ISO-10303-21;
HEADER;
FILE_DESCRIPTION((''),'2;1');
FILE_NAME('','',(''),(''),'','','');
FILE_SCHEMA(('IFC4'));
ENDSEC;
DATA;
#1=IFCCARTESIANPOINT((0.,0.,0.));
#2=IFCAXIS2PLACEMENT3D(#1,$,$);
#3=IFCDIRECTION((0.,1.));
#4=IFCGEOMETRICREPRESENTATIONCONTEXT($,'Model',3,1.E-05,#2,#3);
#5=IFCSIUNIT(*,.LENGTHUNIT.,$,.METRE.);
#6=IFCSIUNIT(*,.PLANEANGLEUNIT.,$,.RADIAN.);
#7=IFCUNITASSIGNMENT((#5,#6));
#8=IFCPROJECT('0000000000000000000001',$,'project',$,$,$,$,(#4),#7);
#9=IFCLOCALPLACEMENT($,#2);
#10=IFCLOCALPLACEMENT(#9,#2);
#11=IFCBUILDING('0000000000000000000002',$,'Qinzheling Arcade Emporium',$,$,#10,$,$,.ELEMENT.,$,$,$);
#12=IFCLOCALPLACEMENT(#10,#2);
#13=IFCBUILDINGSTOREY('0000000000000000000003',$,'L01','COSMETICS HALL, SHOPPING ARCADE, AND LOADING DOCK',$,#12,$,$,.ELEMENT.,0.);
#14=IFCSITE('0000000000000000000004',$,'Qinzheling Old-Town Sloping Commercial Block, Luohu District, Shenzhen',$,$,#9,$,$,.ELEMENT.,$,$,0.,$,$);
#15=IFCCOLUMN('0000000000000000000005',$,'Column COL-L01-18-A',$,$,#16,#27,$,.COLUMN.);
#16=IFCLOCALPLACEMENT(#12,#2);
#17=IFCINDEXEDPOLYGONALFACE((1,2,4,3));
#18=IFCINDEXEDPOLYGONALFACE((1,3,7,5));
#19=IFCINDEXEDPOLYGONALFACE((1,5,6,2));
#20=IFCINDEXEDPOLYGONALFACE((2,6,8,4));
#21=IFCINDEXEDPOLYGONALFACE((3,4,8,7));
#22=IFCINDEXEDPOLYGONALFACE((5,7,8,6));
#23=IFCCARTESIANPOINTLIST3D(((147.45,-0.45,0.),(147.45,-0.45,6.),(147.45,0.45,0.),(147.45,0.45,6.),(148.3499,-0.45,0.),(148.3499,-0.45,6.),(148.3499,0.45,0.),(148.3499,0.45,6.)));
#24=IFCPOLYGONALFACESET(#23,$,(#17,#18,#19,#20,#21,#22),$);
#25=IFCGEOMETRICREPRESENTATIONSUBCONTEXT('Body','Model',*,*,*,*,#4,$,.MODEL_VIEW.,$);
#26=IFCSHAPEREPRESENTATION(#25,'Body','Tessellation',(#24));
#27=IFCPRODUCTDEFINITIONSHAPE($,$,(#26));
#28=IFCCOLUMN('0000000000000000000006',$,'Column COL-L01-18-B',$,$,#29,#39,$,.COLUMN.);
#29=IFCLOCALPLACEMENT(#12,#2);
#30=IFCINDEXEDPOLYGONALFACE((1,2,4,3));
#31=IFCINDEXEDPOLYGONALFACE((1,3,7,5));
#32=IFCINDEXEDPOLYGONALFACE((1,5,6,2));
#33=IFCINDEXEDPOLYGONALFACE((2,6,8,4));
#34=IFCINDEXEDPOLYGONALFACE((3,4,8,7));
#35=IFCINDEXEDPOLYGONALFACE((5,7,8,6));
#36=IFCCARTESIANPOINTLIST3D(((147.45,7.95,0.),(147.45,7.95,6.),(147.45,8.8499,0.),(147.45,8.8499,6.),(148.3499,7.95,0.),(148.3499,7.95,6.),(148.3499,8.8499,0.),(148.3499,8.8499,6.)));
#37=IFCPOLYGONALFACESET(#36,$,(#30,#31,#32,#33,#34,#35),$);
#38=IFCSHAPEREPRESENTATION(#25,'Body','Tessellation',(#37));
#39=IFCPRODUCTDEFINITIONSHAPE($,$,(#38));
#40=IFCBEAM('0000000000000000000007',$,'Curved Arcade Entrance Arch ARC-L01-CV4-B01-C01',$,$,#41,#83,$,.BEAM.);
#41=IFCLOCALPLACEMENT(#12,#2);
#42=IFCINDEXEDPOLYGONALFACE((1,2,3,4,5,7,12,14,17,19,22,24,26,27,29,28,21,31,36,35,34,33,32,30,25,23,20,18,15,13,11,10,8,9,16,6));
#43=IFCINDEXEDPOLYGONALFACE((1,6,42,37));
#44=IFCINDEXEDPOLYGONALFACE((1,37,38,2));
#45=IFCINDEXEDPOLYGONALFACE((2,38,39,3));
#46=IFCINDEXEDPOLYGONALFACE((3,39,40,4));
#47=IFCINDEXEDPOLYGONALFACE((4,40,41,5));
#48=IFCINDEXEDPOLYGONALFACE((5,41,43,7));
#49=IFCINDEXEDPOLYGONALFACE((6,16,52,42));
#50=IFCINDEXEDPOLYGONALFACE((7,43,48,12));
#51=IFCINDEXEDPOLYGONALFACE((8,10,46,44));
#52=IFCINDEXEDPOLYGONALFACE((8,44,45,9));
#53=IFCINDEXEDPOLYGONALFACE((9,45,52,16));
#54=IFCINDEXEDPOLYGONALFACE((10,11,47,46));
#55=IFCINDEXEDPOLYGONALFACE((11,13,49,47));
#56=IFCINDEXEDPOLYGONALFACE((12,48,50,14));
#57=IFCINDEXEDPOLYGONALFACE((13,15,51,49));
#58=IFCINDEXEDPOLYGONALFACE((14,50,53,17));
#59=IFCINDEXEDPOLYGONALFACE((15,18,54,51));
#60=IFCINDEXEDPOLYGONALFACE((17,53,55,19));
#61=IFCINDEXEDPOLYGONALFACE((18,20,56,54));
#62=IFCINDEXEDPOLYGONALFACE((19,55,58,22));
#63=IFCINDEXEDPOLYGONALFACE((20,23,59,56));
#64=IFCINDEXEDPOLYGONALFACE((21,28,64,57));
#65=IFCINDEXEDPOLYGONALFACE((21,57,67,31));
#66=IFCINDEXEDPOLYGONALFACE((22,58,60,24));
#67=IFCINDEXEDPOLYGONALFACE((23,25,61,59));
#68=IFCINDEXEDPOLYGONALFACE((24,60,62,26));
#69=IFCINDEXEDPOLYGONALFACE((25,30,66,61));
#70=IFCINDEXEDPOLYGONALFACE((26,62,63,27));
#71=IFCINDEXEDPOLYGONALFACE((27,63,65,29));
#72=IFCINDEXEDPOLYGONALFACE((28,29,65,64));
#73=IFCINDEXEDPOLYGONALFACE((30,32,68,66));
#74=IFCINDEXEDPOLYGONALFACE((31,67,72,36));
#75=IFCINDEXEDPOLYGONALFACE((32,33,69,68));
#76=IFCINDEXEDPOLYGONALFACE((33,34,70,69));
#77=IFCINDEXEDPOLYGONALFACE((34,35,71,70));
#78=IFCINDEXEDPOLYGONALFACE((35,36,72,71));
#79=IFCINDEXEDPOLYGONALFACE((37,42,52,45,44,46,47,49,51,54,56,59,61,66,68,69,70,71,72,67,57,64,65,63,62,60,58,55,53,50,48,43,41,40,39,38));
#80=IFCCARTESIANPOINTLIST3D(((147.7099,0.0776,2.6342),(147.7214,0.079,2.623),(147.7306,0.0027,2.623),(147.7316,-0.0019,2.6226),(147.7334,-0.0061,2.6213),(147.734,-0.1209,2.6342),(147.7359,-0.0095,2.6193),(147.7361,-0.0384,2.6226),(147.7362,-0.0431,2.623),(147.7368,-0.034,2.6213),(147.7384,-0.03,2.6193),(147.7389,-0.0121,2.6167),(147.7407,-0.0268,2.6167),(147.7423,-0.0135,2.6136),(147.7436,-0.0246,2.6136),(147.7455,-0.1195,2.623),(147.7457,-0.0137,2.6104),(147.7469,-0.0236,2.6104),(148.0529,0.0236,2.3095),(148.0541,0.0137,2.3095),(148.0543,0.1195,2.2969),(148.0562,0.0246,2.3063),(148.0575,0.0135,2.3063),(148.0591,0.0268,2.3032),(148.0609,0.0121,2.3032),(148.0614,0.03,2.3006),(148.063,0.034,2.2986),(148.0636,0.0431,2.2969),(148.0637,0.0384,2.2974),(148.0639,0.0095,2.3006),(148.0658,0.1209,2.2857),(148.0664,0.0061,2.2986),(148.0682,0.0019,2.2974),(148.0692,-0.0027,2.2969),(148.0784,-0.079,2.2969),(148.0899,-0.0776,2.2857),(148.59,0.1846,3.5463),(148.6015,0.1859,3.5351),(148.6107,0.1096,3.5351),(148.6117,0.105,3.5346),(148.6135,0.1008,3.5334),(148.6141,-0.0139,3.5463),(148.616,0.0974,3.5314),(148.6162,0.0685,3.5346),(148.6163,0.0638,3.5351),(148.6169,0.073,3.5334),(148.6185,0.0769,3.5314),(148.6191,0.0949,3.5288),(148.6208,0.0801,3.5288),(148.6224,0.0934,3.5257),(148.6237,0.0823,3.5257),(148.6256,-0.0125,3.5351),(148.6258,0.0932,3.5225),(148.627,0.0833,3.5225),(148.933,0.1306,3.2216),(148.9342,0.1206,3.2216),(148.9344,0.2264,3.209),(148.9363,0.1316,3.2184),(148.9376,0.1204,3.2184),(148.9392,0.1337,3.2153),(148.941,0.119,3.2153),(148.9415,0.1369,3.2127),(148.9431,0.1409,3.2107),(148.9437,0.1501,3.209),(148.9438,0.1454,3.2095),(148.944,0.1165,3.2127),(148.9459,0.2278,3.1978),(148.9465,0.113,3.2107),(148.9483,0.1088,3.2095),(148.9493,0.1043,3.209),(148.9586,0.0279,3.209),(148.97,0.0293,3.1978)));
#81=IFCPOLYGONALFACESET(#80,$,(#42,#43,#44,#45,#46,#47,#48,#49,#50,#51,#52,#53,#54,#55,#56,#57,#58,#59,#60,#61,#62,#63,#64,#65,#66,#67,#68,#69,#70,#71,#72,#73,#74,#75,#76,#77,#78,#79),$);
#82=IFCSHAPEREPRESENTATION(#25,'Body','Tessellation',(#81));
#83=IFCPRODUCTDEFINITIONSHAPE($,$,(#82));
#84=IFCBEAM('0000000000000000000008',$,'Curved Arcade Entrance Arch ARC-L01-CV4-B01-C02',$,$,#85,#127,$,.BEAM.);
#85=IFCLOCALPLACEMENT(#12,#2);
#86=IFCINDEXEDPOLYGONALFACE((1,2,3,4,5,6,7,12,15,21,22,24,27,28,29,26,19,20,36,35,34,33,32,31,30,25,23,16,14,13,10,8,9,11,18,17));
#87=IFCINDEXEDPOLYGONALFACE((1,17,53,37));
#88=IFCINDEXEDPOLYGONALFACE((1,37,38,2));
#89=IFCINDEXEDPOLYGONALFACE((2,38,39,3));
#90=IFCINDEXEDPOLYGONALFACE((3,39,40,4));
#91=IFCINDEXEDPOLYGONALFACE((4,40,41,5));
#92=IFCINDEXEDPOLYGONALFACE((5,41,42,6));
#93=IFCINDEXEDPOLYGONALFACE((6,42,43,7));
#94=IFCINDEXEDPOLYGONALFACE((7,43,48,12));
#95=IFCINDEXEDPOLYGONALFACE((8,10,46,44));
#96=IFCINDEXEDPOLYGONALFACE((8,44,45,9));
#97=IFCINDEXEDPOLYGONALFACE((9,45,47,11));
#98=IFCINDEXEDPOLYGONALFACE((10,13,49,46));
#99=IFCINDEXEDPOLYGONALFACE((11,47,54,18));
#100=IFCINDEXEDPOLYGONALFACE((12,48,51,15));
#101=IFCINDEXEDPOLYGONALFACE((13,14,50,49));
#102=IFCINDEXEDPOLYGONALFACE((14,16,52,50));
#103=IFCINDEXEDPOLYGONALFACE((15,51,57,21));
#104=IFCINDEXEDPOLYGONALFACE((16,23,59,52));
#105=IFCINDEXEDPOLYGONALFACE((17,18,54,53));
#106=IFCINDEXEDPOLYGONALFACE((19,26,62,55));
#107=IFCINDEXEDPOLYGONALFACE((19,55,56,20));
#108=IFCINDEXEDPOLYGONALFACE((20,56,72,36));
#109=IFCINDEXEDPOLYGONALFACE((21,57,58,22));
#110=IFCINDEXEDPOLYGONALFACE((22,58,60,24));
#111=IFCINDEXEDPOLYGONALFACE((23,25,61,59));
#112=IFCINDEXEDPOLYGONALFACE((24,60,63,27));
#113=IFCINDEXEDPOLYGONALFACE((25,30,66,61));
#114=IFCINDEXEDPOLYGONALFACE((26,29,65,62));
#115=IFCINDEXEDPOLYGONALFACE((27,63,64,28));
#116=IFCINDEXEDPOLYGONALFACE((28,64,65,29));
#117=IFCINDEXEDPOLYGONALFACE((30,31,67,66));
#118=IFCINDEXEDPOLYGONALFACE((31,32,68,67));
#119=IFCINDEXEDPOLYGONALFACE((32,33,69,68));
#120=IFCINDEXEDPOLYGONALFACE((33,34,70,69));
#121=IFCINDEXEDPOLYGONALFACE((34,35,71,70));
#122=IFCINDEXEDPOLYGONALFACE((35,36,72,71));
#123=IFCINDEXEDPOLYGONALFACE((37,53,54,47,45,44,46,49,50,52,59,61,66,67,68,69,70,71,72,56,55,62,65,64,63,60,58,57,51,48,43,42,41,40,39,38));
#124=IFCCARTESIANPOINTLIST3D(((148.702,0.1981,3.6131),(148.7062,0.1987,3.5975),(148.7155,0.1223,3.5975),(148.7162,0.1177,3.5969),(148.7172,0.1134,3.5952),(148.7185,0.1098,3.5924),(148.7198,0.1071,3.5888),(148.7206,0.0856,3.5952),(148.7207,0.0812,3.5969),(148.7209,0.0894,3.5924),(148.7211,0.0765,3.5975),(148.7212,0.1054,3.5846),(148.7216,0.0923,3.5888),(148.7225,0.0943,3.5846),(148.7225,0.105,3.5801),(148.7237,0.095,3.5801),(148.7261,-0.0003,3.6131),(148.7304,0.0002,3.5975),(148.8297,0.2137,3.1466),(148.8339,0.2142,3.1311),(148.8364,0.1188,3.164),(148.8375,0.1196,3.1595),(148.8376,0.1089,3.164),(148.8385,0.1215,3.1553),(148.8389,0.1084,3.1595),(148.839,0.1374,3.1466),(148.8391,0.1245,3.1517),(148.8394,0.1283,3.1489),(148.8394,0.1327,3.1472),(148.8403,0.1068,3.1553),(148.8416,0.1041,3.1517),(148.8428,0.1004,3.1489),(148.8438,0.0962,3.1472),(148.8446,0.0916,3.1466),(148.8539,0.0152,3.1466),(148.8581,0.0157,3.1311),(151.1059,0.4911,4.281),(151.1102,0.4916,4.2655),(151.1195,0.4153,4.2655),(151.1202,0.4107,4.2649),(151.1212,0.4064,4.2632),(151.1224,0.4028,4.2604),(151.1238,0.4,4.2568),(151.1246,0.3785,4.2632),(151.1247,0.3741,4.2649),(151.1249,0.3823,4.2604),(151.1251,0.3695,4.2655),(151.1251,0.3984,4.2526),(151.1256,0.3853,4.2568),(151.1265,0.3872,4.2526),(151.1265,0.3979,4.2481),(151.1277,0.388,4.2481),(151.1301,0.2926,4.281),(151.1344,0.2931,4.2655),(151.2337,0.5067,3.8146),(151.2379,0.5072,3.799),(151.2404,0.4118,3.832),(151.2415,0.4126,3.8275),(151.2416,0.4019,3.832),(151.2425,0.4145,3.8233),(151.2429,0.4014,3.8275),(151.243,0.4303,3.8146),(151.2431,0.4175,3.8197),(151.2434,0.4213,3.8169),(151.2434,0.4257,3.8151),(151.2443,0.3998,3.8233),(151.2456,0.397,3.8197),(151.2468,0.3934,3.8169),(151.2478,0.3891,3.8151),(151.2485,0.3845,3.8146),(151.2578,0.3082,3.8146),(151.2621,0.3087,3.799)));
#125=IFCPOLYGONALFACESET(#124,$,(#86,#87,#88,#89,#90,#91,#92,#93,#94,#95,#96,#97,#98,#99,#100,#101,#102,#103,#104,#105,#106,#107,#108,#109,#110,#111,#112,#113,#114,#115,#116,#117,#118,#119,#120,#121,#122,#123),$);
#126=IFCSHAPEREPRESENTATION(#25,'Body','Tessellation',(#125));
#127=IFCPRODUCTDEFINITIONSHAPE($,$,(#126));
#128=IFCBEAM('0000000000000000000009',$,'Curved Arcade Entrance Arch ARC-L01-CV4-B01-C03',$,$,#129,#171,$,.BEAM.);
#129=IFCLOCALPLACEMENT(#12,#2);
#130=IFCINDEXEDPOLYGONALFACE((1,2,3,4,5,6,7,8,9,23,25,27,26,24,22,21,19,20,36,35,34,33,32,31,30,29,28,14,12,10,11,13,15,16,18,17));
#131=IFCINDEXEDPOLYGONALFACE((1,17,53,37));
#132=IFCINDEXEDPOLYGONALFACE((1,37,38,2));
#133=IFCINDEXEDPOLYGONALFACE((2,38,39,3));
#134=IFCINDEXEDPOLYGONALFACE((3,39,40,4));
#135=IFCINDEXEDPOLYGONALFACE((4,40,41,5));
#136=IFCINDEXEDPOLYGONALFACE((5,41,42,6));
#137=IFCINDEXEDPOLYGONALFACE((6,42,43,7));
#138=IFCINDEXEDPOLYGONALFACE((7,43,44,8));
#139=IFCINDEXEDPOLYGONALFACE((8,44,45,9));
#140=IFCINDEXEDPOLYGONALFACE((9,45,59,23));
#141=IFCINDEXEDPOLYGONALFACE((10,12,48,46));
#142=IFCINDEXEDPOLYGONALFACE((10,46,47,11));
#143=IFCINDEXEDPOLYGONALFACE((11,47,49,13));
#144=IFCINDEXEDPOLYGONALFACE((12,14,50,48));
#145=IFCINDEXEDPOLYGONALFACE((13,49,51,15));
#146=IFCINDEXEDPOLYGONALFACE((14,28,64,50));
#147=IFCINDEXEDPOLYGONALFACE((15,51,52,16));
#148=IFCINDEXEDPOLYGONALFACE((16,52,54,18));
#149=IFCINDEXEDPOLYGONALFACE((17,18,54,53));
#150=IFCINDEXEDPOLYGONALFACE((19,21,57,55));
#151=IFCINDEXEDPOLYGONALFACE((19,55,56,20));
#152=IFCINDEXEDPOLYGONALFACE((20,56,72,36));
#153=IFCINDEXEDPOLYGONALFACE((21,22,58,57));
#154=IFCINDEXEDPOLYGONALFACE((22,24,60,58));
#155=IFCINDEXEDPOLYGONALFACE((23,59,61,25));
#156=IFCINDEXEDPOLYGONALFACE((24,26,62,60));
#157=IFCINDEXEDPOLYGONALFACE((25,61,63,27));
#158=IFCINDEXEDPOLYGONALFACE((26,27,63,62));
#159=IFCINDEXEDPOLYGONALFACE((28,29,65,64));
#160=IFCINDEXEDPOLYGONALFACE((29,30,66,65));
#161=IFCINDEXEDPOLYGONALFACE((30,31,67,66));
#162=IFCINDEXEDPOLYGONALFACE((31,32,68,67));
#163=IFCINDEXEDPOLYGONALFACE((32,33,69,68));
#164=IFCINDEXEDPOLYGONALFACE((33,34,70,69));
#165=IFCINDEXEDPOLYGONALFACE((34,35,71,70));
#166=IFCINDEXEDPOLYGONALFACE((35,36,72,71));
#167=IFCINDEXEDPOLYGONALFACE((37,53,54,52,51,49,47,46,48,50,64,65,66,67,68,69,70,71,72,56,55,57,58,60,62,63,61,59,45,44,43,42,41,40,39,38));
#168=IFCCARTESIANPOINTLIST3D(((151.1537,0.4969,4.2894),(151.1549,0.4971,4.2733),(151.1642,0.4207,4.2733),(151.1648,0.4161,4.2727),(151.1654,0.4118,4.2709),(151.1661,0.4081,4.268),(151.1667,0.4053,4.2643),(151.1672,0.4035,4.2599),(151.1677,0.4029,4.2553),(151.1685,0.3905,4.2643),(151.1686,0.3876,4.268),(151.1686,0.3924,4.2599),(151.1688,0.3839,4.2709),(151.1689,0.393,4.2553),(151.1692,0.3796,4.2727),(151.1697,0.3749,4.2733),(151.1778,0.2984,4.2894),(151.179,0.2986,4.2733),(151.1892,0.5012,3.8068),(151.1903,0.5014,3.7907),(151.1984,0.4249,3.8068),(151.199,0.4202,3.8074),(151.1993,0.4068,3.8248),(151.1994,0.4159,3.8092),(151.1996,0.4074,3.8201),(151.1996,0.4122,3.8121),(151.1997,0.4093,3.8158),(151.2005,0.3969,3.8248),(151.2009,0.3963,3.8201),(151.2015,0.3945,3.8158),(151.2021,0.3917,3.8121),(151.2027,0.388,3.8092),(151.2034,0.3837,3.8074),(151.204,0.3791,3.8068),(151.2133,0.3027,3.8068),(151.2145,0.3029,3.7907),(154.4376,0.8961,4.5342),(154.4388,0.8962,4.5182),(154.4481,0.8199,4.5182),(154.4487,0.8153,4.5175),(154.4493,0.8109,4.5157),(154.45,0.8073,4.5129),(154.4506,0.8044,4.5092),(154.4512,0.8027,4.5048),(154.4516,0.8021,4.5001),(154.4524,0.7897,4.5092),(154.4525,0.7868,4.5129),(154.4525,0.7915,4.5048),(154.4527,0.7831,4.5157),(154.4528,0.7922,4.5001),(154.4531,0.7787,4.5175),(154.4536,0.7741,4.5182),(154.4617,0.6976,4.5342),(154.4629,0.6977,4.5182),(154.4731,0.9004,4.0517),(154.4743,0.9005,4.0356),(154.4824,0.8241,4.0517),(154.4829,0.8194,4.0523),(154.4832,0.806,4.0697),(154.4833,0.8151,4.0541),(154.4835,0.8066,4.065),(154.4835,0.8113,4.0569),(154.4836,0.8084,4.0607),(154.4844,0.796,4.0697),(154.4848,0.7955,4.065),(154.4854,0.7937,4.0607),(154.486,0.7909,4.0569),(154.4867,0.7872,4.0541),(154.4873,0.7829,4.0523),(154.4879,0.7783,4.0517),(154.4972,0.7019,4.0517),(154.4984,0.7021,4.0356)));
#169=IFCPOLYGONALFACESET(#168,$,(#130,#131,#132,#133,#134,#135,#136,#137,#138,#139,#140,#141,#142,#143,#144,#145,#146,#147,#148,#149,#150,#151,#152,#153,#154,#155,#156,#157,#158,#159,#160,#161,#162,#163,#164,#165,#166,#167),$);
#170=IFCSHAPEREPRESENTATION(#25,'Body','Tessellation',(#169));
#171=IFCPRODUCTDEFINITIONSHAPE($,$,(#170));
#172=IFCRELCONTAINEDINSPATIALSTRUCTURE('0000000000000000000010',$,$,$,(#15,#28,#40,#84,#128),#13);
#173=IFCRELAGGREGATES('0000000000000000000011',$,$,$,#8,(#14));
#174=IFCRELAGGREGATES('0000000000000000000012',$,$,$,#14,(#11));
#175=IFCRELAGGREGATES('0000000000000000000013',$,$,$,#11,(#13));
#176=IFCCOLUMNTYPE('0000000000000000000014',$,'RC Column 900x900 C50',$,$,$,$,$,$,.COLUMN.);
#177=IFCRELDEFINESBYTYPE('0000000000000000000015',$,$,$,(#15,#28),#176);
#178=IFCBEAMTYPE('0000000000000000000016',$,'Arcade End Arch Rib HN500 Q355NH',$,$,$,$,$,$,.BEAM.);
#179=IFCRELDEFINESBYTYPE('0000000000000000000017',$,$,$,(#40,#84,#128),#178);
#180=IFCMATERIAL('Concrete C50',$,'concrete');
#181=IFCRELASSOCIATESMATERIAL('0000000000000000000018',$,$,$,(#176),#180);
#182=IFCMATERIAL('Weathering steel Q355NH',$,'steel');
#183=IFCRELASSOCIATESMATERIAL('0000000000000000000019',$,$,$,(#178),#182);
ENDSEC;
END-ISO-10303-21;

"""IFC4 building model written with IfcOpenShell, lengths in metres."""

from ifc_helpers import new_model, si_unit, direction, frame, origin, origin_2d, place, context, subcontext, project, spatial, rectangle, i_section, extrude, material, material_profile, profile_set, type_object, element, save


model = new_model("IFC4")

# Units and contexts
model_context = context("Model", 3, precision=1e-05, world=origin(), true_north=direction((0.0, 1.0)))
body_context = subcontext(model_context, "Body", "Model", "MODEL_VIEW")
ifc_project = project(units=[si_unit("LENGTHUNIT", "METRE"), si_unit("PLANEANGLEUNIT", "RADIAN")], contexts=[model_context])

# Site, building, storey
site_placement = place(None, origin())
site = spatial("IfcSite", under=ifc_project, at=site_placement, Name="Qinzheling Old-Town Sloping Commercial Block, Luohu District, Shenzhen", CompositionType="ELEMENT", RefElevation=0.0)
building_placement = place(site_placement, origin())
building = spatial("IfcBuilding", under=site, at=building_placement, Name="Qinzheling Arcade Emporium", CompositionType="ELEMENT")
storey_placement = place(building_placement, origin())
storey = spatial("IfcBuildingStorey", under=building, at=storey_placement, Name="L01", Description="COSMETICS HALL, SHOPPING ARCADE, AND LOADING DOCK", CompositionType="ELEMENT", Elevation=0.0)

# Columns
ifc_material_1 = material(Name="Concrete C50", Category="concrete")
ifc_material_profile_1 = material_profile(ifc_material_1, rectangle(XDim=0.8999, YDim=0.8999, at=origin_2d()), Name="RC 900x900", Category="concrete")
ifc_profile_set_1 = profile_set([ifc_material_profile_1], Name="Concrete C50")
column_type = type_object("IfcColumnType", Name="RC Column 900x900 C50", PredefinedType="COLUMN", material=ifc_profile_set_1)
for number, where, z_axis, x_axis, name in (
    (1, (147.8999, 0.0, 0.0), (0.0, 0.0, 1.0), (1.0, 0.0, 0.0), "Column COL-L01-18-A"),
    (2, (147.8999, 8.3999, 0.0), (0.0, 0.0, 1.0), (1.0, 0.0, 0.0), "Column COL-L01-18-B"),
):
    element("IfcColumn", number, at=place(storey_placement, frame(where, z_axis=z_axis, x_axis=x_axis)), inside=storey, type_object=column_type, Name=name, PredefinedType="COLUMN", context=body_context, shape_type="SweptSolid", body=[
        extrude(rectangle(XDim=0.8999, YDim=0.8999, at=origin_2d()), origin(), (0.0, 0.0, 1.0), 6.0),
    ])

# Beams
ifc_material_2 = material(Name="Weathering steel Q355NH", Category="steel")
ifc_material_profile_2 = material_profile(ifc_material_2, i_section(OverallWidth=0.2, OverallDepth=0.5, WebThickness=0.01, FlangeThickness=0.0161, FilletRadius=0.0181, at=origin_2d()), Name="HN 500x200x10x16", Category="steel")
ifc_profile_set_2 = profile_set([ifc_material_profile_2], Name="Weathering steel Q355NH")
beam_type_1 = type_object("IfcBeamType", Name="Arcade End Arch Rib HN500 Q355NH", PredefinedType="BEAM", material=ifc_profile_set_2)
beam_1_placement = place(storey_placement, frame((147.8999, 0.0, 2.46), z_axis=(0.69192, 0.084067, 0.717063), x_axis=(-0.120611, 0.9927, 0.0)))
element("IfcBeam", 3, at=beam_1_placement, inside=storey, type_object=beam_type_1, Name="Curved Arcade Entrance Arch ARC-L01-CV4-B01-C01", PredefinedType="BEAM", context=body_context, shape_type="SweptSolid", body=[
    extrude(i_section(OverallWidth=0.2, OverallDepth=0.5, WebThickness=0.01, FlangeThickness=0.0161, FilletRadius=0.0181, at=origin_2d()), origin(), (0.0, 0.0, 1.0), 1.272),
])
beam_2_placement = place(storey_placement, frame((148.78, 0.1069, 3.3721), z_axis=(0.956926, 0.116615, 0.265883), x_axis=(-0.12097, 0.992656, 0.0)))
element("IfcBeam", 4, at=beam_2_placement, inside=storey, type_object=beam_type_1, Name="Curved Arcade Entrance Arch ARC-L01-CV4-B01-C02", PredefinedType="BEAM", context=body_context, shape_type="SweptSolid", body=[
    extrude(i_section(OverallWidth=0.2, OverallDepth=0.5, WebThickness=0.01, FlangeThickness=0.0161, FilletRadius=0.0181, at=origin_2d()), origin(), (0.0, 0.0, 1.0), 2.5122),
])
for number, where, z_axis, x_axis, name in (
    (5, (151.1841, 0.3999, 4.04), (0.989985, 0.120335, 0.07382), (-0.120664, 0.992693, 0.0), "Curved Arcade Entrance Arch ARC-L01-CV4-B01-C03"),
):
    element("IfcBeam", number, at=place(storey_placement, frame(where, z_axis=z_axis, x_axis=x_axis)), inside=storey, type_object=beam_type_1, Name=name, PredefinedType="BEAM", context=body_context, shape_type="SweptSolid", body=[
        extrude(i_section(OverallWidth=0.2, OverallDepth=0.5, WebThickness=0.01, FlangeThickness=0.0161, FilletRadius=0.0181, at=origin_2d()), origin(), (0.0, 0.0, 1.0), 3.3171),
    ])

save(model, "model.ifc")
